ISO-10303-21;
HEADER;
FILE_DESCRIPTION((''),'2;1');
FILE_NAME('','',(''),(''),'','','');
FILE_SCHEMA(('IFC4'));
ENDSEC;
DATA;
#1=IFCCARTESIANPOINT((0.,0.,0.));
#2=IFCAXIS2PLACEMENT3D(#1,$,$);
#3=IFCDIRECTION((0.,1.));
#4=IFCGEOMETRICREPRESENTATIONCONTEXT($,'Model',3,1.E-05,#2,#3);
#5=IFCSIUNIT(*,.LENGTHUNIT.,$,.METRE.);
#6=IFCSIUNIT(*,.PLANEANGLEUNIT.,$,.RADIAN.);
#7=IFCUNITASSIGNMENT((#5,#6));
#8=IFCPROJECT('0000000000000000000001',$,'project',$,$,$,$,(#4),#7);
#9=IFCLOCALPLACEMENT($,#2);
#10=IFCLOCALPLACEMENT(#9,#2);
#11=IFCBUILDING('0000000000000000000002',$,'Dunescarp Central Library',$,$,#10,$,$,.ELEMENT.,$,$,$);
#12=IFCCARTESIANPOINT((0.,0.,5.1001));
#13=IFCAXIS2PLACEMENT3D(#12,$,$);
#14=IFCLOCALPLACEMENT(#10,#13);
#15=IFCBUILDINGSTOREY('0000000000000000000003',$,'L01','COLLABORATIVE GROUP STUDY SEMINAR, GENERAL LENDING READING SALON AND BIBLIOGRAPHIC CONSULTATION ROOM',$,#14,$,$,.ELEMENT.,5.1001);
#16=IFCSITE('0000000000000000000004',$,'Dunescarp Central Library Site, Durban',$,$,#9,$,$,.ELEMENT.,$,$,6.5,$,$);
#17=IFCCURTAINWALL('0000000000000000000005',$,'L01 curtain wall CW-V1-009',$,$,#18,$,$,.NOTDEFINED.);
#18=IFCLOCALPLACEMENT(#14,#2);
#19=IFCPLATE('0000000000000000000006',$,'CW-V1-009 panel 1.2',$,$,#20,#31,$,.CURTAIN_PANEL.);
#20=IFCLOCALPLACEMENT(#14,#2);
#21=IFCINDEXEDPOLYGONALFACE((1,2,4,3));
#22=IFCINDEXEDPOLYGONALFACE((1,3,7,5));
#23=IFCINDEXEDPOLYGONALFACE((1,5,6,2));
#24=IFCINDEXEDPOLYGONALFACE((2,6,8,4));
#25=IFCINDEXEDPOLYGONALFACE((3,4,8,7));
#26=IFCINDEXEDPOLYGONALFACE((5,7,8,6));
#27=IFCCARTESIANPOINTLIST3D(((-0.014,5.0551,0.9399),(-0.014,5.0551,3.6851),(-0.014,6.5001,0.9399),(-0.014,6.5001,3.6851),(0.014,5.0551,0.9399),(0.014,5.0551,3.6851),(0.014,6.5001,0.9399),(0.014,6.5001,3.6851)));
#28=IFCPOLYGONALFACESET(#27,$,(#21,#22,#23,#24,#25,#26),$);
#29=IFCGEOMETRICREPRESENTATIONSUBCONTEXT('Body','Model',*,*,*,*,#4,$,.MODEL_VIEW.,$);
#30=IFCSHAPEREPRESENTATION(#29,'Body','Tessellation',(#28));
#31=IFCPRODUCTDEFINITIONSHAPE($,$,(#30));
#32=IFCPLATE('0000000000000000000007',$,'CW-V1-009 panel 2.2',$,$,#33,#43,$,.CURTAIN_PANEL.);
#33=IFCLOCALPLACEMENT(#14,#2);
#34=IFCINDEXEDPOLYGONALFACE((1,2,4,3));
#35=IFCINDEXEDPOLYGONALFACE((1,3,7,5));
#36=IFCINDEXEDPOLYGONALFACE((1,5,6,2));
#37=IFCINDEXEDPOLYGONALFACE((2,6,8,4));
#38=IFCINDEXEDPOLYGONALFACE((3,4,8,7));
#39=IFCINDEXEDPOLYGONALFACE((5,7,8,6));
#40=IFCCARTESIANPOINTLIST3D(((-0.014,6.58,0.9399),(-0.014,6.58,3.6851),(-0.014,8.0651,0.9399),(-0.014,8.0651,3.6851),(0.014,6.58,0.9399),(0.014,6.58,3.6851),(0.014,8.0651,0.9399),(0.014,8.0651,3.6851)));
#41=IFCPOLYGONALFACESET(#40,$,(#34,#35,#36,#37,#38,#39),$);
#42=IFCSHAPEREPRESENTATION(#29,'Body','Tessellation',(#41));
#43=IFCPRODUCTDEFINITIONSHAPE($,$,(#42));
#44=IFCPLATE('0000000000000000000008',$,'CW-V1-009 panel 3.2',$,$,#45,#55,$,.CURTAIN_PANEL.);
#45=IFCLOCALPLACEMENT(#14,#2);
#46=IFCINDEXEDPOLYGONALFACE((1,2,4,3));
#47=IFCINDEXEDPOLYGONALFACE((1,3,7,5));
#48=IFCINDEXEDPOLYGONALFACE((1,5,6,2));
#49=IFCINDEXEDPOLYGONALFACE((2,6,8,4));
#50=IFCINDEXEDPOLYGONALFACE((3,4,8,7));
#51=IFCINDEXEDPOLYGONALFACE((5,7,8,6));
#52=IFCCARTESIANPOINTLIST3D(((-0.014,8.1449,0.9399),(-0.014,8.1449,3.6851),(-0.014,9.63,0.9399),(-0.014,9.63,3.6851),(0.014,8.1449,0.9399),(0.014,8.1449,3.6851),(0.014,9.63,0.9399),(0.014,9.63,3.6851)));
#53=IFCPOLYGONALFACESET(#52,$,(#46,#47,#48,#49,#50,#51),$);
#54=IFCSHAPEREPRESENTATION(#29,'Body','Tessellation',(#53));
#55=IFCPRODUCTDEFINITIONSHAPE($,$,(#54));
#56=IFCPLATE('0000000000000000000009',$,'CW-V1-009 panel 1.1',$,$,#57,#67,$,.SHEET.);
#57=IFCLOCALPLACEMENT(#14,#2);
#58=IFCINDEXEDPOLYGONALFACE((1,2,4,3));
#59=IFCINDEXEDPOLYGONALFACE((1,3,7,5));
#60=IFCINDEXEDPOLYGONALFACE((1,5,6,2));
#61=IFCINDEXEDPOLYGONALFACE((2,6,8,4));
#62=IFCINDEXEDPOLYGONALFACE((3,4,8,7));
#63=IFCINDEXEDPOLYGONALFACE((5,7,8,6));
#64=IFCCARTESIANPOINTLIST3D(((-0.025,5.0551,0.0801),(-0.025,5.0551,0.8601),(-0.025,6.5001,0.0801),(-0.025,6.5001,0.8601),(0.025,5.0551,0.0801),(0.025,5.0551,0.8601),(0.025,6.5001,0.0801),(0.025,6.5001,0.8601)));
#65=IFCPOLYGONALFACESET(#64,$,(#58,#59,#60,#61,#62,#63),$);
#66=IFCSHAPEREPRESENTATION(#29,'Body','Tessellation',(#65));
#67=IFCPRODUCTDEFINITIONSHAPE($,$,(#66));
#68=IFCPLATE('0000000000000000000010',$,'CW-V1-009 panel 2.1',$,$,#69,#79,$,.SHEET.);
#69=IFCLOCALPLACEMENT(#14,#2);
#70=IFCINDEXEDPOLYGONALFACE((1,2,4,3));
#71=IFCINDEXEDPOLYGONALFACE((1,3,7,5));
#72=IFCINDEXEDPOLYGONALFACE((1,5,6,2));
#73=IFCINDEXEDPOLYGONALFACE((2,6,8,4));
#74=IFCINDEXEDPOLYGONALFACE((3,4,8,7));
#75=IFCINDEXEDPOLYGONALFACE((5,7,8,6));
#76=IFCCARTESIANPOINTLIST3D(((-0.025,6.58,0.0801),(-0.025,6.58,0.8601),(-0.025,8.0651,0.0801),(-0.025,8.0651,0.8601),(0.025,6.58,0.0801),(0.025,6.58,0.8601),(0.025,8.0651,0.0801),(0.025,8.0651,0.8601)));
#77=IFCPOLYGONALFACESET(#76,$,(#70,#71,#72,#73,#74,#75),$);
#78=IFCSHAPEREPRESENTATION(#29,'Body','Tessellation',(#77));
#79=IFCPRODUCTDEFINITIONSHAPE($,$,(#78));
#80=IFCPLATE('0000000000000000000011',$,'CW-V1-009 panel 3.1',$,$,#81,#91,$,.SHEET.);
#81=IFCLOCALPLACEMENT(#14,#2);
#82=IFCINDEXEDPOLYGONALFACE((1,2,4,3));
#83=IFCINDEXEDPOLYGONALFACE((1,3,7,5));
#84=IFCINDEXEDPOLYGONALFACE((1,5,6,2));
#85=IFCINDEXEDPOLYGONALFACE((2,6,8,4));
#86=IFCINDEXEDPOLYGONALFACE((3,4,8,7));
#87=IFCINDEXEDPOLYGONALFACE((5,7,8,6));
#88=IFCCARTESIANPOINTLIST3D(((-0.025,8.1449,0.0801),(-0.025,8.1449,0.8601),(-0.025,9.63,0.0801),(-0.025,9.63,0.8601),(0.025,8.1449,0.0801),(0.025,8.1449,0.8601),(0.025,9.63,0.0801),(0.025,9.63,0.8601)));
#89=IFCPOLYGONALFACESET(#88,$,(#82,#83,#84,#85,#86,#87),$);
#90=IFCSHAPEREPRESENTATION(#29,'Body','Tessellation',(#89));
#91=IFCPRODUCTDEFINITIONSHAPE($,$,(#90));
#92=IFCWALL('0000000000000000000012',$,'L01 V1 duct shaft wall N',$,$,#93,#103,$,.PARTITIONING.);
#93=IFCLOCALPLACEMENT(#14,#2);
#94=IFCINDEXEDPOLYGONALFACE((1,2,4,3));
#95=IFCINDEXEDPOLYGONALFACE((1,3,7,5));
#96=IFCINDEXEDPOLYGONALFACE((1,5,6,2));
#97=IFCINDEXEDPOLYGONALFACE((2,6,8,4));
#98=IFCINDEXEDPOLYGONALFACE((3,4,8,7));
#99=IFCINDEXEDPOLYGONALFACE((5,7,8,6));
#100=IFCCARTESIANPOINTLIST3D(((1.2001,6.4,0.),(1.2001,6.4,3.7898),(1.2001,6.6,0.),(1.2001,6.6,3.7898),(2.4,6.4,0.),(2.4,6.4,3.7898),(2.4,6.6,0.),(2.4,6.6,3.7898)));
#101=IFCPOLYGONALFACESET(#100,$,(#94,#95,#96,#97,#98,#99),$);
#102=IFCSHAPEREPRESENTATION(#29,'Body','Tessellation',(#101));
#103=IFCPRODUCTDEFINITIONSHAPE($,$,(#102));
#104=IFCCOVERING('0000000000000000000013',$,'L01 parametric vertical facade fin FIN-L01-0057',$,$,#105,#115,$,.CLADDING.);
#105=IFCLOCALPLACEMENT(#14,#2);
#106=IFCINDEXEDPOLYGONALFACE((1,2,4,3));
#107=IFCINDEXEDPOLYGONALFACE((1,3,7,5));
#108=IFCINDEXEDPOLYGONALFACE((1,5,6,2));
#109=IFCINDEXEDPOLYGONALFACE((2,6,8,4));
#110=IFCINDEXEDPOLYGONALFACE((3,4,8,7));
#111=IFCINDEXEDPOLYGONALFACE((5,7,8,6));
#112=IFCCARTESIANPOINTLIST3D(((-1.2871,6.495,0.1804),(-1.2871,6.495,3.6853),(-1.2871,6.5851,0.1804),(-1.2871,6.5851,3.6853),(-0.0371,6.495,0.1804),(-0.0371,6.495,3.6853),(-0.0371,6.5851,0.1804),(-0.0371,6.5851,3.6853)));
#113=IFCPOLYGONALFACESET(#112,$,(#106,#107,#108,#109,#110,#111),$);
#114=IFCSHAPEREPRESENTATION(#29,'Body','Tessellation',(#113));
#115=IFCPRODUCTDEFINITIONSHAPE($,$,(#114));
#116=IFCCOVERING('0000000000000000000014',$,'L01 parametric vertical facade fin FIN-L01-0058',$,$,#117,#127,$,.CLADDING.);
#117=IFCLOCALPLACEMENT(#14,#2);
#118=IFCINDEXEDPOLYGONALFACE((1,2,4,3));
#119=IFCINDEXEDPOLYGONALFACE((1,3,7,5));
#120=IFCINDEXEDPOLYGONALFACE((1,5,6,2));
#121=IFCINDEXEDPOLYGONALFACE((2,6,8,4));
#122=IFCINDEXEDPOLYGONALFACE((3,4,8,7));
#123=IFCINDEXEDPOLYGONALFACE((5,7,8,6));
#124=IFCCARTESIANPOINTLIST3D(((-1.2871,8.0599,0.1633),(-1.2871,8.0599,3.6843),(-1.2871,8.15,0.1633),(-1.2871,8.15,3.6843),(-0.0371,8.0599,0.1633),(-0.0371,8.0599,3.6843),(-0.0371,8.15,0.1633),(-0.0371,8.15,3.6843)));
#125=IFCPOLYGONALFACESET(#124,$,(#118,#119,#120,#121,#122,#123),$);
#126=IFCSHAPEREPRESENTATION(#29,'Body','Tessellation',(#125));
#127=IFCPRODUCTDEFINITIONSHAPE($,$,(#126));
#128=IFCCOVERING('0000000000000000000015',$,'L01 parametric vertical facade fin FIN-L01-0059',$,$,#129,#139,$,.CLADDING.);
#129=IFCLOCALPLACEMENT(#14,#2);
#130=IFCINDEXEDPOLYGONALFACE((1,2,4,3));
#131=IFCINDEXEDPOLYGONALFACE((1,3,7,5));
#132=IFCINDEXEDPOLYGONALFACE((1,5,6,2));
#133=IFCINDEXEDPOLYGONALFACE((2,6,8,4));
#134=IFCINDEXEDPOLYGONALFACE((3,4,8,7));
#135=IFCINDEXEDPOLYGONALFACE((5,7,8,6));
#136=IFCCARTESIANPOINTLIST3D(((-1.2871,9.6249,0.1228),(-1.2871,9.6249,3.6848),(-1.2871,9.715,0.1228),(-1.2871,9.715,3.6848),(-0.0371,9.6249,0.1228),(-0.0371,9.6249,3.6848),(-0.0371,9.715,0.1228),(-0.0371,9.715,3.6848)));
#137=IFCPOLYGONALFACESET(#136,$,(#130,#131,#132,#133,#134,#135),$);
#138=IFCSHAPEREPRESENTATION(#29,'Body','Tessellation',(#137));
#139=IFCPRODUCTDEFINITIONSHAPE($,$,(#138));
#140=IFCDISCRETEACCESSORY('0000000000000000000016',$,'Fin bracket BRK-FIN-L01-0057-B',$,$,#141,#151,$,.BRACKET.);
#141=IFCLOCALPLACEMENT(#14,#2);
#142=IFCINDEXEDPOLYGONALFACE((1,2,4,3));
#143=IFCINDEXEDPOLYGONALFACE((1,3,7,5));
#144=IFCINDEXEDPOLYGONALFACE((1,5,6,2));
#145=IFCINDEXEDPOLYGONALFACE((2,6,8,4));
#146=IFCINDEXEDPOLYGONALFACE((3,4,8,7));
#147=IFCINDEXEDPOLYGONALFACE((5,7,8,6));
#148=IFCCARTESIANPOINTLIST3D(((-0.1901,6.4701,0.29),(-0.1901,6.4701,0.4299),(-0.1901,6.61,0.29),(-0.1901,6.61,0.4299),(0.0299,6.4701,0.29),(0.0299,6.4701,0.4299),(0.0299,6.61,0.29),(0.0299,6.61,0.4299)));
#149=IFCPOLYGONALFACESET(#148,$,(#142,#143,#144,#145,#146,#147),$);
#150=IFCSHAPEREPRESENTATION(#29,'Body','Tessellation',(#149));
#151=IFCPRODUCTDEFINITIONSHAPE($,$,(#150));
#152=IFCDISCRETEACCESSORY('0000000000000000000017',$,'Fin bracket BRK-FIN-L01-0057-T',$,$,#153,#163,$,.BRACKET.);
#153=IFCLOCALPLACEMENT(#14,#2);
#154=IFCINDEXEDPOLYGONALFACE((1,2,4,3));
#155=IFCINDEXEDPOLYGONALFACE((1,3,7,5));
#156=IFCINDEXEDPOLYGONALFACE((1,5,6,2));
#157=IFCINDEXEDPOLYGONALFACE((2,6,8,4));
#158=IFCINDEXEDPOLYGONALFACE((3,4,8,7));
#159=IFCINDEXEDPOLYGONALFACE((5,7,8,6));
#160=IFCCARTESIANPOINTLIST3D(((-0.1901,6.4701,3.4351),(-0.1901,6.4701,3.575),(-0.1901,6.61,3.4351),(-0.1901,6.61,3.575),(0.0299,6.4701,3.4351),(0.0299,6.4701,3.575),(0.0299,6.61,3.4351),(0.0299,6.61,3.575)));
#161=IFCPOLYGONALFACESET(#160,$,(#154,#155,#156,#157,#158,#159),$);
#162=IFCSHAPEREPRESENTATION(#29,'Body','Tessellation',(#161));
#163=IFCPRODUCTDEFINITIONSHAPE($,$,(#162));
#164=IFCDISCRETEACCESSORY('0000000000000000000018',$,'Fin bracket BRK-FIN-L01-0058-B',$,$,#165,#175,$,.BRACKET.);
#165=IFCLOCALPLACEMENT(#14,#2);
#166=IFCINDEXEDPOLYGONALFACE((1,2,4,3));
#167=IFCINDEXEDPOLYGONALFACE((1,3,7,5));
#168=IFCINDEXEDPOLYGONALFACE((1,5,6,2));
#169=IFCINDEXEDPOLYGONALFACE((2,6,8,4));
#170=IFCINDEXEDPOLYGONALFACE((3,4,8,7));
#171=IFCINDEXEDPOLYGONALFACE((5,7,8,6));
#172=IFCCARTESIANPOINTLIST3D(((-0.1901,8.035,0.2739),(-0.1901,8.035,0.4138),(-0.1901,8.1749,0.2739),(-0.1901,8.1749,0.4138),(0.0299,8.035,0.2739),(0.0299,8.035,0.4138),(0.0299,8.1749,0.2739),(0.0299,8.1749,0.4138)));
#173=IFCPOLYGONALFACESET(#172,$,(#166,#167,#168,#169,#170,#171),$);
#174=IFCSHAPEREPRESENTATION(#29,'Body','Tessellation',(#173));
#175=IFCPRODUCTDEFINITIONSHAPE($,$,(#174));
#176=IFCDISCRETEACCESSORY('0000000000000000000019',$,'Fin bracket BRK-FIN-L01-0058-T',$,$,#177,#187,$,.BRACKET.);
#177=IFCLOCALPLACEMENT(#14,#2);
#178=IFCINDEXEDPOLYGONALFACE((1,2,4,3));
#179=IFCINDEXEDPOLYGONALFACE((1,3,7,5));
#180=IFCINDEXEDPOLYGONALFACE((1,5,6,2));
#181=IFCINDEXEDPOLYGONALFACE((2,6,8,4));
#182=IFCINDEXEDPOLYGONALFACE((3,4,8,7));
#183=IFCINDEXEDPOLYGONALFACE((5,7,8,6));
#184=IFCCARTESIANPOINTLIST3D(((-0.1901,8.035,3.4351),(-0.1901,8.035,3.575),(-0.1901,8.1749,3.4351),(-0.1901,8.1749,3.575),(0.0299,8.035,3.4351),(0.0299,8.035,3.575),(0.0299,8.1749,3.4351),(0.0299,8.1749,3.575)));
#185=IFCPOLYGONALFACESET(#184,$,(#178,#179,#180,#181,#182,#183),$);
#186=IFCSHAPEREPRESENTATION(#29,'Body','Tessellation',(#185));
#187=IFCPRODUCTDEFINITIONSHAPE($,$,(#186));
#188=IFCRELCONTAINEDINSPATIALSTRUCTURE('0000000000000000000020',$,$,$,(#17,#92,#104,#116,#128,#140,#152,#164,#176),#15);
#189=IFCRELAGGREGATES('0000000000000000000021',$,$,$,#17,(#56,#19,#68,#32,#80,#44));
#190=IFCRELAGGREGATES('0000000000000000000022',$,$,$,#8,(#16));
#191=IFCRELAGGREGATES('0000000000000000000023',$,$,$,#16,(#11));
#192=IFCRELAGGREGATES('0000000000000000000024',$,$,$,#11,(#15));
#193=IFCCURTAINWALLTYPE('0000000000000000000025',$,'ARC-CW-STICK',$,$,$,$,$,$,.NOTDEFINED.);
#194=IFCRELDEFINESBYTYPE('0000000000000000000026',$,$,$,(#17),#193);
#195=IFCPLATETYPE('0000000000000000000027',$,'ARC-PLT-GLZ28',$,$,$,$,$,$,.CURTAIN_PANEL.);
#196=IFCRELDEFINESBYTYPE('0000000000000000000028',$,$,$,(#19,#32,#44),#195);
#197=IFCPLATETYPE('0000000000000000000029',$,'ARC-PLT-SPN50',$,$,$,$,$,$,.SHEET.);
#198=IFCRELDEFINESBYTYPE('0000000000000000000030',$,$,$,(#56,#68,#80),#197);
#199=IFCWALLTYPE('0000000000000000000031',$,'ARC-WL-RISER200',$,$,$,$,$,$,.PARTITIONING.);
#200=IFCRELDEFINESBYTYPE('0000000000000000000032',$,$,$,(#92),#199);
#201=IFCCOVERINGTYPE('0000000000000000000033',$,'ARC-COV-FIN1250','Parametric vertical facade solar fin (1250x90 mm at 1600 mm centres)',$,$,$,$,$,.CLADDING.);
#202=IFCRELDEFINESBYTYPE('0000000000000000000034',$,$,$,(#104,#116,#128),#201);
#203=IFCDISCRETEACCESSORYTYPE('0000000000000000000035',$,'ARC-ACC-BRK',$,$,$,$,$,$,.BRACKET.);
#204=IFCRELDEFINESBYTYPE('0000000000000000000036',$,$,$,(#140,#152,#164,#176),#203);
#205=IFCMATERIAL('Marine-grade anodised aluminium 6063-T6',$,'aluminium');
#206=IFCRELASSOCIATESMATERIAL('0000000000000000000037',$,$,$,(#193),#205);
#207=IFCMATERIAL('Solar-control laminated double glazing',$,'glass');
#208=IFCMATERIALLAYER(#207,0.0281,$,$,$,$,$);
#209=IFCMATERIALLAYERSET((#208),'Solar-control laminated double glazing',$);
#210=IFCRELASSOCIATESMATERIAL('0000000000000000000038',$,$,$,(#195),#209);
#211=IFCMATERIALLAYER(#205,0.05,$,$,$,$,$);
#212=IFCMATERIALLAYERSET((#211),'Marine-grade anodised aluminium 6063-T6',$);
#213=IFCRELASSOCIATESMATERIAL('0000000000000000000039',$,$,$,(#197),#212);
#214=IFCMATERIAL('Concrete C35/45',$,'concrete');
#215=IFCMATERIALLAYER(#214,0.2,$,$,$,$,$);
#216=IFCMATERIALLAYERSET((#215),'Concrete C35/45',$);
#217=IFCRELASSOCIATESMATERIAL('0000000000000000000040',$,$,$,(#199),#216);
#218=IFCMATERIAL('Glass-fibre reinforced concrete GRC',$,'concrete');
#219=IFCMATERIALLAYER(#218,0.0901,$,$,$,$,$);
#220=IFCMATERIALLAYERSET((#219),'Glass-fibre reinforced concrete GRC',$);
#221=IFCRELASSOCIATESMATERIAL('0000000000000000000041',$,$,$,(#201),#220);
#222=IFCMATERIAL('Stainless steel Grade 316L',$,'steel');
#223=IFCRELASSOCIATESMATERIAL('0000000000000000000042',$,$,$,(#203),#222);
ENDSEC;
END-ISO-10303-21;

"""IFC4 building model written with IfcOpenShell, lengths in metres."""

from ifc_helpers import new_model, si_unit, direction, frame, frame_2d, origin, origin_2d, place, context, subcontext, project, spatial, rectangle, extrude, material, layer, layer_set, type_object, element, aggregate, save


model = new_model("IFC4")

# Units and contexts
model_context = context("Model", 3, precision=1e-05, world=origin(), true_north=direction((0.0, 1.0)))
body_context = subcontext(model_context, "Body", "Model", "MODEL_VIEW")
ifc_project = project(units=[si_unit("LENGTHUNIT", "METRE"), si_unit("PLANEANGLEUNIT", "RADIAN")], contexts=[model_context])

# Site, building, storey
site_placement = place(None, origin())
site = spatial("IfcSite", under=ifc_project, at=site_placement, Name="Dunescarp Central Library Site, Durban", CompositionType="ELEMENT", RefElevation=6.5)
building_placement = place(site_placement, origin())
building = spatial("IfcBuilding", under=site, at=building_placement, Name="Dunescarp Central Library", CompositionType="ELEMENT")
storey_placement = place(building_placement, frame((0.0, 0.0, 5.1001)))
storey = spatial("IfcBuildingStorey", under=building, at=storey_placement, Name="L01", Description="COLLABORATIVE GROUP STUDY SEMINAR, GENERAL LENDING READING SALON AND BIBLIOGRAPHIC CONSULTATION ROOM", CompositionType="ELEMENT", Elevation=5.1001)

# Curtain wall
ifc_material_1 = material(Name="Marine-grade anodised aluminium 6063-T6", Category="aluminium")
curtain_wall_type = type_object("IfcCurtainWallType", Name="ARC-CW-STICK", PredefinedType="NOTDEFINED", material=ifc_material_1)
curtain_wall_placement = place(storey_placement, origin())
curtain_wall = element("IfcCurtainWall", 1, at=curtain_wall_placement, inside=storey, type_object=curtain_wall_type, Name="L01 curtain wall CW-V1-009", PredefinedType="NOTDEFINED")

# Plates
ifc_material_2 = material(Name="Solar-control laminated double glazing", Category="glass")
ifc_layer_1 = layer(ifc_material_2, 0.0281)
ifc_layer_set_1 = layer_set([ifc_layer_1], Name="Solar-control laminated double glazing")
plate_type_1 = type_object("IfcPlateType", Name="ARC-PLT-GLZ28", PredefinedType="CURTAIN_PANEL", material=ifc_layer_set_1)
plate_1_placement = place(storey_placement, frame((0.0, 5.7776, 0.9399), z_axis=(0.0, 0.0, 1.0), x_axis=(0.0, 1.0, 0.0)))
plate_1 = element("IfcPlate", 2, at=plate_1_placement, type_object=plate_type_1, Name="CW-V1-009 panel 1.2", PredefinedType="CURTAIN_PANEL", context=body_context, shape_type="SweptSolid", body=[
    extrude(rectangle(XDim=1.4451, YDim=0.0281, at=origin_2d()), origin(), (0.0, 0.0, 1.0), 2.7451),
])
plate_2_placement = place(storey_placement, frame((0.0, 7.3225, 0.9399), z_axis=(0.0, 0.0, 1.0), x_axis=(0.0, 1.0, 0.0)))
plate_2 = element("IfcPlate", 3, at=plate_2_placement, type_object=plate_type_1, Name="CW-V1-009 panel 2.2", PredefinedType="CURTAIN_PANEL", context=body_context, shape_type="SweptSolid", body=[
    extrude(rectangle(XDim=1.4851, YDim=0.0281, at=origin_2d()), origin(), (0.0, 0.0, 1.0), 2.7451),
])
plate_3_placement = place(storey_placement, frame((0.0, 8.8875, 0.9399), z_axis=(0.0, 0.0, 1.0), x_axis=(0.0, 1.0, 0.0)))
plate_3 = element("IfcPlate", 4, at=plate_3_placement, type_object=plate_type_1, Name="CW-V1-009 panel 3.2", PredefinedType="CURTAIN_PANEL", context=body_context, shape_type="SweptSolid", body=[
    extrude(rectangle(XDim=1.4851, YDim=0.0281, at=origin_2d()), origin(), (0.0, 0.0, 1.0), 2.7451),
])
ifc_layer_2 = layer(ifc_material_1, 0.05)
ifc_layer_set_2 = layer_set([ifc_layer_2], Name="Marine-grade anodised aluminium 6063-T6")
plate_type_2 = type_object("IfcPlateType", Name="ARC-PLT-SPN50", PredefinedType="SHEET", material=ifc_layer_set_2)
plate_4_placement = place(storey_placement, frame((0.0, 5.7776, 0.0801), z_axis=(0.0, 0.0, 1.0), x_axis=(0.0, 1.0, 0.0)))
plate_4 = element("IfcPlate", 5, at=plate_4_placement, type_object=plate_type_2, Name="CW-V1-009 panel 1.1", PredefinedType="SHEET", context=body_context, shape_type="SweptSolid", body=[
    extrude(rectangle(XDim=1.4451, YDim=0.05, at=origin_2d()), origin(), (0.0, 0.0, 1.0), 0.78),
])
plate_5_placement = place(storey_placement, frame((0.0, 7.3225, 0.0801), z_axis=(0.0, 0.0, 1.0), x_axis=(0.0, 1.0, 0.0)))
plate_5 = element("IfcPlate", 6, at=plate_5_placement, type_object=plate_type_2, Name="CW-V1-009 panel 2.1", PredefinedType="SHEET", context=body_context, shape_type="SweptSolid", body=[
    extrude(rectangle(XDim=1.4851, YDim=0.05, at=origin_2d()), origin(), (0.0, 0.0, 1.0), 0.78),
])
plate_6_placement = place(storey_placement, frame((0.0, 8.8875, 0.0801), z_axis=(0.0, 0.0, 1.0), x_axis=(0.0, 1.0, 0.0)))
plate_6 = element("IfcPlate", 7, at=plate_6_placement, type_object=plate_type_2, Name="CW-V1-009 panel 3.1", PredefinedType="SHEET", context=body_context, shape_type="SweptSolid", body=[
    extrude(rectangle(XDim=1.4851, YDim=0.05, at=origin_2d()), origin(), (0.0, 0.0, 1.0), 0.78),
])
aggregate(curtain_wall, [plate_4, plate_1, plate_5, plate_2, plate_6, plate_3])

# Wall
ifc_material_3 = material(Name="Concrete C35/45", Category="concrete")
ifc_layer_3 = layer(ifc_material_3, 0.2)
ifc_layer_set_3 = layer_set([ifc_layer_3], Name="Concrete C35/45")
wall_type = type_object("IfcWallType", Name="ARC-WL-RISER200", PredefinedType="PARTITIONING", material=ifc_layer_set_3)
wall_placement = place(storey_placement, frame((1.2, 6.5, 0.0), z_axis=(0.0, 0.0, 1.0), x_axis=(1.0, 0.0, 0.0)))
element("IfcWall", 8, at=wall_placement, inside=storey, type_object=wall_type, Name="L01 V1 duct shaft wall N", PredefinedType="PARTITIONING", context=body_context, shape_type="SweptSolid", body=[
    extrude(rectangle(XDim=1.2, YDim=0.2, at=frame_2d((0.6001, 0.0))), origin(), (0.0, 0.0, 1.0), 3.7898),
])

# Coverings
ifc_material_4 = material(Name="Glass-fibre reinforced concrete GRC", Category="concrete")
ifc_layer_4 = layer(ifc_material_4, 0.0901)
ifc_layer_set_4 = layer_set([ifc_layer_4], Name="Glass-fibre reinforced concrete GRC")
covering_type = type_object("IfcCoveringType", Name="ARC-COV-FIN1250", Description="Parametric vertical facade solar fin (1250x90 mm at 1600 mm centres)", PredefinedType="CLADDING", material=ifc_layer_set_4)
covering_1_placement = place(storey_placement, frame((-0.6621, 6.54, 0.1804), z_axis=(0.0, 0.0, 1.0), x_axis=(-1.0, 0.0, 0.0)))
element("IfcCovering", 9, at=covering_1_placement, inside=storey, type_object=covering_type, Name="L01 parametric vertical facade fin FIN-L01-0057", PredefinedType="CLADDING", context=body_context, shape_type="SweptSolid", body=[
    extrude(rectangle(XDim=1.25, YDim=0.0901, at=origin_2d()), origin(), (0.0, 0.0, 1.0), 3.5049),
])
covering_2_placement = place(storey_placement, frame((-0.6621, 8.105, 0.1633), z_axis=(0.0, 0.0, 1.0), x_axis=(-1.0, 0.0, 0.0)))
element("IfcCovering", 10, at=covering_2_placement, inside=storey, type_object=covering_type, Name="L01 parametric vertical facade fin FIN-L01-0058", PredefinedType="CLADDING", context=body_context, shape_type="SweptSolid", body=[
    extrude(rectangle(XDim=1.25, YDim=0.0901, at=origin_2d()), origin(), (0.0, 0.0, 1.0), 3.521),
])
covering_3_placement = place(storey_placement, frame((-0.6621, 9.6699, 0.1228), z_axis=(0.0, 0.0, 1.0), x_axis=(-1.0, 0.0, 0.0)))
element("IfcCovering", 11, at=covering_3_placement, inside=storey, type_object=covering_type, Name="L01 parametric vertical facade fin FIN-L01-0059", PredefinedType="CLADDING", context=body_context, shape_type="SweptSolid", body=[
    extrude(rectangle(XDim=1.25, YDim=0.0901, at=origin_2d()), origin(), (0.0, 0.0, 1.0), 3.562),
])

# Discrete accessories
ifc_material_5 = material(Name="Stainless steel Grade 316L", Category="steel")
discrete_accessory_type = type_object("IfcDiscreteAccessoryType", Name="ARC-ACC-BRK", PredefinedType="BRACKET", material=ifc_material_5)
for number, where, z_axis, x_axis, name in (
    (12, (-0.0801, 6.54, 0.29), (0.0, 0.0, 1.0), (-1.0, 0.0, 0.0), "Fin bracket BRK-FIN-L01-0057-B"),
    (13, (-0.0801, 6.54, 3.4351), (0.0, 0.0, 1.0), (-1.0, 0.0, 0.0), "Fin bracket BRK-FIN-L01-0057-T"),
    (14, (-0.0801, 8.105, 0.2739), (0.0, 0.0, 1.0), (-1.0, 0.0, 0.0), "Fin bracket BRK-FIN-L01-0058-B"),
    (15, (-0.0801, 8.105, 3.4351), (0.0, 0.0, 1.0), (-1.0, 0.0, 0.0), "Fin bracket BRK-FIN-L01-0058-T"),
):
    element("IfcDiscreteAccessory", number, at=place(storey_placement, frame(where, z_axis=z_axis, x_axis=x_axis)), inside=storey, type_object=discrete_accessory_type, Name=name, PredefinedType="BRACKET", context=body_context, shape_type="SweptSolid", body=[
        extrude(rectangle(XDim=0.22, YDim=0.1399, at=origin_2d()), origin(), (0.0, 0.0, 1.0), 0.1399),
    ])

save(model, "model.ifc")
